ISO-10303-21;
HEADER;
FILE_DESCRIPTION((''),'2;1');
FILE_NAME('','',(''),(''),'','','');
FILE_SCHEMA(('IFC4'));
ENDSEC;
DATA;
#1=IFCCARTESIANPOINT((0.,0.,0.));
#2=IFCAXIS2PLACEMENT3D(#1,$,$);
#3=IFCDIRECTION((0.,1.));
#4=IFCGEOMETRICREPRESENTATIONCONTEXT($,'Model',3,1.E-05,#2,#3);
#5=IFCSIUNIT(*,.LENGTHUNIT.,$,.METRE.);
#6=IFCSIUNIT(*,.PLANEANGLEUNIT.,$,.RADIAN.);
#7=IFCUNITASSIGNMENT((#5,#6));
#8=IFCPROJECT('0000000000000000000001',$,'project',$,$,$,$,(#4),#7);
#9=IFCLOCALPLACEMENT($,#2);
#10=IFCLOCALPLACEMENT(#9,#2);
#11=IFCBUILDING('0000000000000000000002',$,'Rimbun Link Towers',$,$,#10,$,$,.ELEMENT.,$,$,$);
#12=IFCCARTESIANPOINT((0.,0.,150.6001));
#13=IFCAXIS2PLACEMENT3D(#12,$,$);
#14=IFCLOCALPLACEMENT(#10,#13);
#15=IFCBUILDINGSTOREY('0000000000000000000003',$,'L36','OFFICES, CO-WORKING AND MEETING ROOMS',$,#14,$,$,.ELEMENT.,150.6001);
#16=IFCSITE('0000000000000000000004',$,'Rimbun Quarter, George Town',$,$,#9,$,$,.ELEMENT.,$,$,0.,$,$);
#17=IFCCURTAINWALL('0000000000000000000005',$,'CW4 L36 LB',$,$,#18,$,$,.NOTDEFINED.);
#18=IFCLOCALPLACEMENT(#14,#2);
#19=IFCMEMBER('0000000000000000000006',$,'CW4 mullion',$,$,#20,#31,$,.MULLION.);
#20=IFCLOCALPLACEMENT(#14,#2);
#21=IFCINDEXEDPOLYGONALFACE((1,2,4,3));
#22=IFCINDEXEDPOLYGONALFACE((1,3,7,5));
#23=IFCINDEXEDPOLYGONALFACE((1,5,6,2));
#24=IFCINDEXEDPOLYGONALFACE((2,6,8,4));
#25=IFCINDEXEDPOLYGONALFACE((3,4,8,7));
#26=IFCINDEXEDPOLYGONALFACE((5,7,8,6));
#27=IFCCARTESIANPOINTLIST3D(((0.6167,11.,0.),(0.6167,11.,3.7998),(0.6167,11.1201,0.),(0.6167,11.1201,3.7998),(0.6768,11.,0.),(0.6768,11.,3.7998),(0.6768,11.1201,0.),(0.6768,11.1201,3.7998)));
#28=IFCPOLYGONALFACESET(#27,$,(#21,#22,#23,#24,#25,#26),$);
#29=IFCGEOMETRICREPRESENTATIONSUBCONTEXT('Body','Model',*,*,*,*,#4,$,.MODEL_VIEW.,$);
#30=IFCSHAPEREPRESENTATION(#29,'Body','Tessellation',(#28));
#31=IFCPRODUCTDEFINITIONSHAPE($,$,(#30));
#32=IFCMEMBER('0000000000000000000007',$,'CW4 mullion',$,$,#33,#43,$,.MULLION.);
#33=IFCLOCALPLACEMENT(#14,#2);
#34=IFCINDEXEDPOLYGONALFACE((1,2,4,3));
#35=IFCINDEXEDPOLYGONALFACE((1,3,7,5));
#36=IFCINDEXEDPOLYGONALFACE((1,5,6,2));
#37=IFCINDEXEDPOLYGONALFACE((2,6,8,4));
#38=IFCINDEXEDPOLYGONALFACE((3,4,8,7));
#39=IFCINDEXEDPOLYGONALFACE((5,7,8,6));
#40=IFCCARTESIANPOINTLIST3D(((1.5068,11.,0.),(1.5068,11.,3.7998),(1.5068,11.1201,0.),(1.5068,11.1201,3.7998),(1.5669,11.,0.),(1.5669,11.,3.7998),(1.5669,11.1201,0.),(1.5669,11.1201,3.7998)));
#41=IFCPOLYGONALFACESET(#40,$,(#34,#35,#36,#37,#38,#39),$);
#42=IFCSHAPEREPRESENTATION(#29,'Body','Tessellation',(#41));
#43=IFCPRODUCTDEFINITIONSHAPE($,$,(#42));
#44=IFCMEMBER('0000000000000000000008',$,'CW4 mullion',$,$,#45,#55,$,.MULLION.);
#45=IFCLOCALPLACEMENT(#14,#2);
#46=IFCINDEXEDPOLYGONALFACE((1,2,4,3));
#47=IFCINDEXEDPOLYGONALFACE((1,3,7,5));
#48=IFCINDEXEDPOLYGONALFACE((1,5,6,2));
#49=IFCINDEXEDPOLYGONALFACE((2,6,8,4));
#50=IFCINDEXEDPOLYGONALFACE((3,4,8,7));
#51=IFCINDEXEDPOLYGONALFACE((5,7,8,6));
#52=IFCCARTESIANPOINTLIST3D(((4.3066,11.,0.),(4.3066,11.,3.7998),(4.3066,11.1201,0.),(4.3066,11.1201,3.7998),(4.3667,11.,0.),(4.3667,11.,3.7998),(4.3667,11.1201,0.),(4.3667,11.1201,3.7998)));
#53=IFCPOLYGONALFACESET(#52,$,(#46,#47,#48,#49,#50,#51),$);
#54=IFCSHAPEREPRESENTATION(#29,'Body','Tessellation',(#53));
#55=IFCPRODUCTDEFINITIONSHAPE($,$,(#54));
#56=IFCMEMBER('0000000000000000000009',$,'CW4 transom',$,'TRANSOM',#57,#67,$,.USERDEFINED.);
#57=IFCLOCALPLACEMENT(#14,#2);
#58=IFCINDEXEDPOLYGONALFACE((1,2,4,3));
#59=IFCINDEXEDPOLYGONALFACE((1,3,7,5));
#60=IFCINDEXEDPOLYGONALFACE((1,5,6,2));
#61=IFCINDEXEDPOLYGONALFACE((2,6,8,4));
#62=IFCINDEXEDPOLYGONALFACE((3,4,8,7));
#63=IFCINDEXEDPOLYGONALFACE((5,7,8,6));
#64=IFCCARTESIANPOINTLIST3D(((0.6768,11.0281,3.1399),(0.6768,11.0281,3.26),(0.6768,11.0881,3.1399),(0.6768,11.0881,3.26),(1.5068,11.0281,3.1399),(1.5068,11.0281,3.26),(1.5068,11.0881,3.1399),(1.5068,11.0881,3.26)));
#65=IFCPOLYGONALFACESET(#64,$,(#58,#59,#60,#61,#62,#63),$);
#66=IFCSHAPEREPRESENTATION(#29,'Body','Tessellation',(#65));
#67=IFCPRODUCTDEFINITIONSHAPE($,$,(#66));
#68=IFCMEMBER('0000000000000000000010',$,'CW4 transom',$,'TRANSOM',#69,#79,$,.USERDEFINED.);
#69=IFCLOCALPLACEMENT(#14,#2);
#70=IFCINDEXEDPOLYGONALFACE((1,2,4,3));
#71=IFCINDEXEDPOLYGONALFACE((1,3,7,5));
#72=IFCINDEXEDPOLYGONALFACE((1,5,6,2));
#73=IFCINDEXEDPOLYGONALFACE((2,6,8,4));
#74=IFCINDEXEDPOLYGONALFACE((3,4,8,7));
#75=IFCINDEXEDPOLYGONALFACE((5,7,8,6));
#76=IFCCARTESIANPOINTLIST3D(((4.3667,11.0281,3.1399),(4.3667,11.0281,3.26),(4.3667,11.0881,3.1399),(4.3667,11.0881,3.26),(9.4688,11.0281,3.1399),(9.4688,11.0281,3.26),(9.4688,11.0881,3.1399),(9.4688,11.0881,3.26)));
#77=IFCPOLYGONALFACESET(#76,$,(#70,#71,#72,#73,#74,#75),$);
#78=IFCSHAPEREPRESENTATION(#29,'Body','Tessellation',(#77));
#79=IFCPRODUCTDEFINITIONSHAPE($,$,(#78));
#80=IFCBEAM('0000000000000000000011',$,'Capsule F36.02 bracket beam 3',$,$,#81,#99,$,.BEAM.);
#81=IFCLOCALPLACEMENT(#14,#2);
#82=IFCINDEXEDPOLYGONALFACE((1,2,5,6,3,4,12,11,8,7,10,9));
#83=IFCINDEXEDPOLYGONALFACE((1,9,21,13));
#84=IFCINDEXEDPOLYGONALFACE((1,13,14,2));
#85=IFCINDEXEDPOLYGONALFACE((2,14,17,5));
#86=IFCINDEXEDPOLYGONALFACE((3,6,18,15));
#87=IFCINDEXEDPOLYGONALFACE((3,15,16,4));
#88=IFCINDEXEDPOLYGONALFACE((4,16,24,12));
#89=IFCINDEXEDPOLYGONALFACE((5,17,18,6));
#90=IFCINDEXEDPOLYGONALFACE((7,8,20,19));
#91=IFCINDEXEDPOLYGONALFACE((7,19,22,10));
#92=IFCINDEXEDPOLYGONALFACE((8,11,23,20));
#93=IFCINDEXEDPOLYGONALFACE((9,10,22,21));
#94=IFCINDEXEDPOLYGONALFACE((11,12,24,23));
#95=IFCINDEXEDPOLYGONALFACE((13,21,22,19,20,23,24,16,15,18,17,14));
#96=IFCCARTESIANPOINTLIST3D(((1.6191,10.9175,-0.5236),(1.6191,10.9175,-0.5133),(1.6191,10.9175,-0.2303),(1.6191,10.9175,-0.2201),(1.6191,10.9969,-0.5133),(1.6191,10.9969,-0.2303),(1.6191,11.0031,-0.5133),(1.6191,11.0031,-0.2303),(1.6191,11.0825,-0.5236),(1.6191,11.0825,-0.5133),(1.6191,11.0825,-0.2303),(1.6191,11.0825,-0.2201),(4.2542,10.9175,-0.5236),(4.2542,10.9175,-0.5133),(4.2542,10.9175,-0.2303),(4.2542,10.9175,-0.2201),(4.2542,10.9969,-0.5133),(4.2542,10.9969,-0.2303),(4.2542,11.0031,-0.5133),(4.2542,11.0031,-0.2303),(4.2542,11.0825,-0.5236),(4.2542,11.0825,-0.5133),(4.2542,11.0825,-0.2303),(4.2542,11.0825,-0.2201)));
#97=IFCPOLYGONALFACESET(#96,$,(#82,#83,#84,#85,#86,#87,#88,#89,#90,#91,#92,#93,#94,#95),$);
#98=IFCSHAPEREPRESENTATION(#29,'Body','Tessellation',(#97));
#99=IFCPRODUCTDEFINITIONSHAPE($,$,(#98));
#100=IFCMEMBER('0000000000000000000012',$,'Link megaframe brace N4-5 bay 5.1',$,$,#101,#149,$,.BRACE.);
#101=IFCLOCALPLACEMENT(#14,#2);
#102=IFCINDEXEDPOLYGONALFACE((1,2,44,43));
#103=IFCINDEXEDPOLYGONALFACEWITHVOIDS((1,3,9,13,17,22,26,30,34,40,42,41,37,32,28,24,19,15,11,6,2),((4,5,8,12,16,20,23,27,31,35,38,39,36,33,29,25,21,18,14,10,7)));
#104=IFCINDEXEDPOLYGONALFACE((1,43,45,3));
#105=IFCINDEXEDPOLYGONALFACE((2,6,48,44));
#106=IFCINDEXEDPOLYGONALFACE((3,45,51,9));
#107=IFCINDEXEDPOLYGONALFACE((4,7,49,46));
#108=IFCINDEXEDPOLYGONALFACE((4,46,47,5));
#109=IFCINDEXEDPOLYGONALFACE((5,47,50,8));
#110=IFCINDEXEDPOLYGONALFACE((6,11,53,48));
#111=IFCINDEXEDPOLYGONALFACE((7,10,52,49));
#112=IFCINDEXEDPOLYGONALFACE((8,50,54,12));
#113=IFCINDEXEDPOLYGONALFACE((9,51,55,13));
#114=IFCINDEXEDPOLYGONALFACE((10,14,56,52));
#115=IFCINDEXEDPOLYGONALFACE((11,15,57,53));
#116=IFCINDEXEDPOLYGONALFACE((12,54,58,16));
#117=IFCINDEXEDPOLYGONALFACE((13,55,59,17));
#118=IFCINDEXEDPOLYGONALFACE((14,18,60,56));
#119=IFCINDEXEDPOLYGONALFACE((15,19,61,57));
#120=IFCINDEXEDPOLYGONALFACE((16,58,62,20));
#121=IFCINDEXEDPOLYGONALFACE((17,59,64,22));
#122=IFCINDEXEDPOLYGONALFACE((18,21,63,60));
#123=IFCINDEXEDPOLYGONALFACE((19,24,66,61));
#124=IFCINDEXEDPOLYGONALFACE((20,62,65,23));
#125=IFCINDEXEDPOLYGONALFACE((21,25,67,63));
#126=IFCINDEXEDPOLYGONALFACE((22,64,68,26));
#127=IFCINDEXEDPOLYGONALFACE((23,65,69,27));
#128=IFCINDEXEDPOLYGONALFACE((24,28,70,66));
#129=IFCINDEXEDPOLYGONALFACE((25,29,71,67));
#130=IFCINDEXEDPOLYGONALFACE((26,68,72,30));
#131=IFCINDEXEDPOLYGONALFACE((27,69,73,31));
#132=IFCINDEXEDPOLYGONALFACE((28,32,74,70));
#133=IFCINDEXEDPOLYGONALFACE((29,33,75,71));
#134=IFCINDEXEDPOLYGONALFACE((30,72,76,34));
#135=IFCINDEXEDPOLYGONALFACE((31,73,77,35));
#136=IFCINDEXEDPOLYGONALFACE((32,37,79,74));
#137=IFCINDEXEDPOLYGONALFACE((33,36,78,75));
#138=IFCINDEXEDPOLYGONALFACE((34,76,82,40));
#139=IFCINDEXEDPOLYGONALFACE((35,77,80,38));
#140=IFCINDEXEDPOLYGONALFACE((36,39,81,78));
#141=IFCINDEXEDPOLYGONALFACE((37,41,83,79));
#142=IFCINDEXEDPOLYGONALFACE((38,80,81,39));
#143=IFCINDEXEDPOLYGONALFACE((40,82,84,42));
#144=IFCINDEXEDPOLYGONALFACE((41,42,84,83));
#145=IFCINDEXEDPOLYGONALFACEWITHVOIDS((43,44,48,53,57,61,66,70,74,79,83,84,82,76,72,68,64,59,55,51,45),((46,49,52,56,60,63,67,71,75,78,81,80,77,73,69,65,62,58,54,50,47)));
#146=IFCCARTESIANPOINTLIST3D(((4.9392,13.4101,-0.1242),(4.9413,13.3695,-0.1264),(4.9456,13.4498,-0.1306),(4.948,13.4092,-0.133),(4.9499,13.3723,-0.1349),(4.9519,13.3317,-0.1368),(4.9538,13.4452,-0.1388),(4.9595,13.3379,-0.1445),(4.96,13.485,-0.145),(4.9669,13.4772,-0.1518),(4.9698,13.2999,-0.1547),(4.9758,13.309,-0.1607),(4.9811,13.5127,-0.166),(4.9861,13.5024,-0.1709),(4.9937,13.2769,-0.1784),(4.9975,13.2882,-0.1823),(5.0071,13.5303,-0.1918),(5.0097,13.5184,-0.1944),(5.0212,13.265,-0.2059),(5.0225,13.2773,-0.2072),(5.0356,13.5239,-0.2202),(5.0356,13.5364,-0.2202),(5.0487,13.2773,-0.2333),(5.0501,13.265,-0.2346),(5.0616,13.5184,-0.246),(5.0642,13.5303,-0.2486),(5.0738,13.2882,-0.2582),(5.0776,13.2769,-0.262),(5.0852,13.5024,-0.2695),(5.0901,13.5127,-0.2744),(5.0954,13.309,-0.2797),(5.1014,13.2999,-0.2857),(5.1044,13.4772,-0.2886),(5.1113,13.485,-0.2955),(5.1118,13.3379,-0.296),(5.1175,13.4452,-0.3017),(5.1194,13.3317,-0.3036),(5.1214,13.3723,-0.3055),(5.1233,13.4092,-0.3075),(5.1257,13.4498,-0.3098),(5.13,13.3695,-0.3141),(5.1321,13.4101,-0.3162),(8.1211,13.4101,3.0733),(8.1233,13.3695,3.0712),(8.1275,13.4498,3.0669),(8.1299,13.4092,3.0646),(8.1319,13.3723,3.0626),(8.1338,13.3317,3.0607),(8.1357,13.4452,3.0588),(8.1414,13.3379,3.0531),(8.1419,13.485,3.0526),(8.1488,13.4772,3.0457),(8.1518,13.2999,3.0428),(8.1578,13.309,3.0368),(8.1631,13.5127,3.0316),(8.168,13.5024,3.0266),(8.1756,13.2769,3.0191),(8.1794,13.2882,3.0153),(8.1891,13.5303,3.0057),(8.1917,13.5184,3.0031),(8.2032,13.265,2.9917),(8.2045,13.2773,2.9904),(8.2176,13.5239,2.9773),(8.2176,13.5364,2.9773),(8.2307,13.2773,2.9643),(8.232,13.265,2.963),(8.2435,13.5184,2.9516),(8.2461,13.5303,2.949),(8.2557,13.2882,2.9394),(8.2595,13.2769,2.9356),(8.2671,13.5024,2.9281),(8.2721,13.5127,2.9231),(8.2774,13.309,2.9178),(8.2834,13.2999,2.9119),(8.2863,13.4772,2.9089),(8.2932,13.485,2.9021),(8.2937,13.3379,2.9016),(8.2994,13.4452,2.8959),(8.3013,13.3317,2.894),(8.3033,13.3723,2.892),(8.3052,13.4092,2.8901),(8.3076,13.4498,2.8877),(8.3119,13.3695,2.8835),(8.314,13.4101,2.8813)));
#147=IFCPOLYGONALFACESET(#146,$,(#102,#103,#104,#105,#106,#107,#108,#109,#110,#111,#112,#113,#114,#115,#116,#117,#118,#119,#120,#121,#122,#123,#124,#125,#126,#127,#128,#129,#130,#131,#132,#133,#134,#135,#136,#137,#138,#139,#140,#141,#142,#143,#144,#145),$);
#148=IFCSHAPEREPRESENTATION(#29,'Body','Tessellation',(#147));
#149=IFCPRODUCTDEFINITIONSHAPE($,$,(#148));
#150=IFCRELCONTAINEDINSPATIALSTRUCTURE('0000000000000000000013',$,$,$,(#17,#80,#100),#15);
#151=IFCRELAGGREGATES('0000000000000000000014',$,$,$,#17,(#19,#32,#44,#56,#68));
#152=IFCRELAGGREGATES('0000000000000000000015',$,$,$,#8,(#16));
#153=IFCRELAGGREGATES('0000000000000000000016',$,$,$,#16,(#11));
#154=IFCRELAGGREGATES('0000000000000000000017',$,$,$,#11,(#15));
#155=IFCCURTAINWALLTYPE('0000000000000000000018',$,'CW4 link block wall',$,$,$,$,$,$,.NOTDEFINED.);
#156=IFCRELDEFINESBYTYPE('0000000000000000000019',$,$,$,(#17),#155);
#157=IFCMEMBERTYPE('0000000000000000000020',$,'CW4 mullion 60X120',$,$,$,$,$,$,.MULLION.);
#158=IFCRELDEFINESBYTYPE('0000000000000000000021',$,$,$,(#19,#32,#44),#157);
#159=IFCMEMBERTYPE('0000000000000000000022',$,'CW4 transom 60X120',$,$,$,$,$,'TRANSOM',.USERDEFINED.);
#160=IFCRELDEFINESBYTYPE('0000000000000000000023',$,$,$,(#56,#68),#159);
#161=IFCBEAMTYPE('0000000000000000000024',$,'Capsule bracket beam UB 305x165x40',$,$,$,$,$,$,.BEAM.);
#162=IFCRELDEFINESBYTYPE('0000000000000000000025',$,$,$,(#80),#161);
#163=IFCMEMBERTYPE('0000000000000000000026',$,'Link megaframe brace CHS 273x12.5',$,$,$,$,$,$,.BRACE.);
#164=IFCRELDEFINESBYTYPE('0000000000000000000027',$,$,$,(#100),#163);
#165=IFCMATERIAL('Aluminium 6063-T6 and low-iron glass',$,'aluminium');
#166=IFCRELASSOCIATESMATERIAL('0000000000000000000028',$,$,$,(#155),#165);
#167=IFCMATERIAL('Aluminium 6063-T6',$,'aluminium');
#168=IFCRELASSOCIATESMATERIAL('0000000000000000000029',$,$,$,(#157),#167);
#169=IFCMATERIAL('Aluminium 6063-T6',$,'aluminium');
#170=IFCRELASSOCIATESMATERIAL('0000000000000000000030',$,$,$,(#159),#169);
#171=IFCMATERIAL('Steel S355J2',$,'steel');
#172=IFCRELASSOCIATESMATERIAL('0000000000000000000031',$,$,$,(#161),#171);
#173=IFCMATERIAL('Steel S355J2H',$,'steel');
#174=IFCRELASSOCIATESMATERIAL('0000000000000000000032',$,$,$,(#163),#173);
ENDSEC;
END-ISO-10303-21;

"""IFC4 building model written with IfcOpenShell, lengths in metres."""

from ifc_helpers import new_model, si_unit, direction, frame, origin, origin_2d, place, context, subcontext, project, spatial, rectangle, hollow_circle, i_section, extrude, material, material_profile, profile_set, type_object, element, aggregate, save


model = new_model("IFC4")

# Units and contexts
model_context = context("Model", 3, precision=1e-05, world=origin(), true_north=direction((0.0, 1.0)))
body_context = subcontext(model_context, "Body", "Model", "MODEL_VIEW")
ifc_project = project(units=[si_unit("LENGTHUNIT", "METRE"), si_unit("PLANEANGLEUNIT", "RADIAN")], contexts=[model_context])

# Site, building, storey
site_placement = place(None, origin())
site = spatial("IfcSite", under=ifc_project, at=site_placement, Name="Rimbun Quarter, George Town", CompositionType="ELEMENT", RefElevation=0.0)
building_placement = place(site_placement, origin())
building = spatial("IfcBuilding", under=site, at=building_placement, Name="Rimbun Link Towers", CompositionType="ELEMENT")
storey_placement = place(building_placement, frame((0.0, 0.0, 150.6001)))
storey = spatial("IfcBuildingStorey", under=building, at=storey_placement, Name="L36", Description="OFFICES, CO-WORKING AND MEETING ROOMS", CompositionType="ELEMENT", Elevation=150.6001)

# Curtain wall, members
ifc_material_1 = material(Name="Aluminium 6063-T6 and low-iron glass", Category="aluminium")
curtain_wall_type = type_object("IfcCurtainWallType", Name="CW4 link block wall", PredefinedType="NOTDEFINED", material=ifc_material_1)
curtain_wall_placement = place(storey_placement, origin())
curtain_wall = element("IfcCurtainWall", 1, at=curtain_wall_placement, inside=storey, type_object=curtain_wall_type, Name="CW4 L36 LB", PredefinedType="NOTDEFINED")
ifc_material_2 = material(Name="Aluminium 6063-T6", Category="aluminium")
ifc_material_profile_1 = material_profile(ifc_material_2, rectangle(XDim=0.1201, YDim=0.0601, at=origin_2d()), Name="MULLION 60X120")
ifc_profile_set_1 = profile_set([ifc_material_profile_1], Name="Aluminium 6063-T6")
member_type_1 = type_object("IfcMemberType", Name="CW4 mullion 60X120", PredefinedType="MULLION", material=ifc_profile_set_1)
member_1_placement = place(storey_placement, frame((0.6467, 11.0601, 0.0), z_axis=(0.0, 0.0, 1.0), x_axis=(0.0, 1.0, 0.0)))
member_1 = element("IfcMember", 2, at=member_1_placement, type_object=member_type_1, Name="CW4 mullion", PredefinedType="MULLION", context=body_context, shape_type="SweptSolid", body=[
    extrude(rectangle(XDim=0.1201, YDim=0.0601, at=origin_2d()), origin(), (0.0, 0.0, 1.0), 3.7998),
])
member_2_placement = place(storey_placement, frame((1.5369, 11.0601, 0.0), z_axis=(0.0, 0.0, 1.0), x_axis=(0.0, 1.0, 0.0)))
member_2 = element("IfcMember", 3, at=member_2_placement, type_object=member_type_1, Name="CW4 mullion", PredefinedType="MULLION", context=body_context, shape_type="SweptSolid", body=[
    extrude(rectangle(XDim=0.1201, YDim=0.0601, at=origin_2d()), origin(), (0.0, 0.0, 1.0), 3.7998),
])
member_3_placement = place(storey_placement, frame((4.3367, 11.0601, 0.0), z_axis=(0.0, 0.0, 1.0), x_axis=(0.0, 1.0, 0.0)))
member_3 = element("IfcMember", 4, at=member_3_placement, type_object=member_type_1, Name="CW4 mullion", PredefinedType="MULLION", context=body_context, shape_type="SweptSolid", body=[
    extrude(rectangle(XDim=0.1201, YDim=0.0601, at=origin_2d()), origin(), (0.0, 0.0, 1.0), 3.7998),
])
ifc_material_3 = material(Name="Aluminium 6063-T6", Category="aluminium")
ifc_material_profile_2 = material_profile(ifc_material_3, rectangle(XDim=0.0601, YDim=0.1201, at=origin_2d()), Name="TRANSOM 60X120")
ifc_profile_set_2 = profile_set([ifc_material_profile_2], Name="Aluminium 6063-T6")
member_type_2 = type_object("IfcMemberType", Name="CW4 transom 60X120", ElementType="TRANSOM", PredefinedType="USERDEFINED", material=ifc_profile_set_2)
member_4_placement = place(storey_placement, frame((0.6768, 11.0581, 3.2), z_axis=(1.0, 0.0, 0.0), x_axis=(0.0, 1.0, 0.0)))
member_4 = element("IfcMember", 5, at=member_4_placement, type_object=member_type_2, Name="CW4 transom", ObjectType="TRANSOM", PredefinedType="USERDEFINED", context=body_context, shape_type="SweptSolid", body=[
    extrude(rectangle(XDim=0.0601, YDim=0.1201, at=origin_2d()), origin(), (0.0, 0.0, 1.0), 0.8301),
])
member_5_placement = place(storey_placement, frame((4.3667, 11.0581, 3.2), z_axis=(1.0, 0.0, 0.0), x_axis=(0.0, 1.0, 0.0)))
member_5 = element("IfcMember", 6, at=member_5_placement, type_object=member_type_2, Name="CW4 transom", ObjectType="TRANSOM", PredefinedType="USERDEFINED", context=body_context, shape_type="SweptSolid", body=[
    extrude(rectangle(XDim=0.0601, YDim=0.1201, at=origin_2d()), origin(), (0.0, 0.0, 1.0), 5.1021),
])

# Beam
ifc_material_4 = material(Name="Steel S355J2", Category="steel")
ifc_material_profile_3 = material_profile(ifc_material_4, i_section(OverallWidth=0.165, OverallDepth=0.3035, WebThickness=0.0061, FlangeThickness=0.0103, at=origin_2d()), Name="UB 305x165x40")
ifc_profile_set_3 = profile_set([ifc_material_profile_3], Name="Steel S355J2")
beam_type_1 = type_object("IfcBeamType", Name="Capsule bracket beam UB 305x165x40", PredefinedType="BEAM", material=ifc_profile_set_3)
beam_placement = place(storey_placement, frame((1.6191, 11.0, -0.3718), z_axis=(1.0, 0.0, 0.0), x_axis=(0.0, 1.0, 0.0)))
element("IfcBeam", 7, at=beam_placement, inside=storey, type_object=beam_type_1, Name="Capsule F36.02 bracket beam 3", PredefinedType="BEAM", context=body_context, shape_type="SweptSolid", body=[
    extrude(i_section(OverallWidth=0.165, OverallDepth=0.3035, WebThickness=0.0061, FlangeThickness=0.0103, at=origin_2d()), origin(), (0.0, 0.0, 1.0), 2.635),
])

# Member
ifc_material_5 = material(Name="Steel S355J2H", Category="steel")
ifc_material_profile_4 = material_profile(ifc_material_5, hollow_circle(Radius=0.1365, WallThickness=0.0125, at=origin_2d()), Name="CHS 273x12.5")
ifc_profile_set_4 = profile_set([ifc_material_profile_4], Name="Steel S355J2H")
member_type_3 = type_object("IfcMemberType", Name="Link megaframe brace CHS 273x12.5", PredefinedType="BRACE", material=ifc_profile_set_4)
member_6_placement = place(storey_placement, frame((5.0356, 13.3999, -0.2202), z_axis=(0.705373, 0.0, 0.708837), x_axis=(0.0, 1.0, 0.0)))
element("IfcMember", 8, at=member_6_placement, inside=storey, type_object=member_type_3, Name="Link megaframe brace N4-5 bay 5.1", PredefinedType="BRACE", context=body_context, shape_type="SweptSolid", body=[
    extrude(hollow_circle(Radius=0.1365, WallThickness=0.0125, at=origin_2d()), origin(), (0.0, 0.0, 1.0), 4.511),
])

aggregate(curtain_wall, [member_1, member_2, member_3, member_4, member_5])

save(model, "model.ifc")
